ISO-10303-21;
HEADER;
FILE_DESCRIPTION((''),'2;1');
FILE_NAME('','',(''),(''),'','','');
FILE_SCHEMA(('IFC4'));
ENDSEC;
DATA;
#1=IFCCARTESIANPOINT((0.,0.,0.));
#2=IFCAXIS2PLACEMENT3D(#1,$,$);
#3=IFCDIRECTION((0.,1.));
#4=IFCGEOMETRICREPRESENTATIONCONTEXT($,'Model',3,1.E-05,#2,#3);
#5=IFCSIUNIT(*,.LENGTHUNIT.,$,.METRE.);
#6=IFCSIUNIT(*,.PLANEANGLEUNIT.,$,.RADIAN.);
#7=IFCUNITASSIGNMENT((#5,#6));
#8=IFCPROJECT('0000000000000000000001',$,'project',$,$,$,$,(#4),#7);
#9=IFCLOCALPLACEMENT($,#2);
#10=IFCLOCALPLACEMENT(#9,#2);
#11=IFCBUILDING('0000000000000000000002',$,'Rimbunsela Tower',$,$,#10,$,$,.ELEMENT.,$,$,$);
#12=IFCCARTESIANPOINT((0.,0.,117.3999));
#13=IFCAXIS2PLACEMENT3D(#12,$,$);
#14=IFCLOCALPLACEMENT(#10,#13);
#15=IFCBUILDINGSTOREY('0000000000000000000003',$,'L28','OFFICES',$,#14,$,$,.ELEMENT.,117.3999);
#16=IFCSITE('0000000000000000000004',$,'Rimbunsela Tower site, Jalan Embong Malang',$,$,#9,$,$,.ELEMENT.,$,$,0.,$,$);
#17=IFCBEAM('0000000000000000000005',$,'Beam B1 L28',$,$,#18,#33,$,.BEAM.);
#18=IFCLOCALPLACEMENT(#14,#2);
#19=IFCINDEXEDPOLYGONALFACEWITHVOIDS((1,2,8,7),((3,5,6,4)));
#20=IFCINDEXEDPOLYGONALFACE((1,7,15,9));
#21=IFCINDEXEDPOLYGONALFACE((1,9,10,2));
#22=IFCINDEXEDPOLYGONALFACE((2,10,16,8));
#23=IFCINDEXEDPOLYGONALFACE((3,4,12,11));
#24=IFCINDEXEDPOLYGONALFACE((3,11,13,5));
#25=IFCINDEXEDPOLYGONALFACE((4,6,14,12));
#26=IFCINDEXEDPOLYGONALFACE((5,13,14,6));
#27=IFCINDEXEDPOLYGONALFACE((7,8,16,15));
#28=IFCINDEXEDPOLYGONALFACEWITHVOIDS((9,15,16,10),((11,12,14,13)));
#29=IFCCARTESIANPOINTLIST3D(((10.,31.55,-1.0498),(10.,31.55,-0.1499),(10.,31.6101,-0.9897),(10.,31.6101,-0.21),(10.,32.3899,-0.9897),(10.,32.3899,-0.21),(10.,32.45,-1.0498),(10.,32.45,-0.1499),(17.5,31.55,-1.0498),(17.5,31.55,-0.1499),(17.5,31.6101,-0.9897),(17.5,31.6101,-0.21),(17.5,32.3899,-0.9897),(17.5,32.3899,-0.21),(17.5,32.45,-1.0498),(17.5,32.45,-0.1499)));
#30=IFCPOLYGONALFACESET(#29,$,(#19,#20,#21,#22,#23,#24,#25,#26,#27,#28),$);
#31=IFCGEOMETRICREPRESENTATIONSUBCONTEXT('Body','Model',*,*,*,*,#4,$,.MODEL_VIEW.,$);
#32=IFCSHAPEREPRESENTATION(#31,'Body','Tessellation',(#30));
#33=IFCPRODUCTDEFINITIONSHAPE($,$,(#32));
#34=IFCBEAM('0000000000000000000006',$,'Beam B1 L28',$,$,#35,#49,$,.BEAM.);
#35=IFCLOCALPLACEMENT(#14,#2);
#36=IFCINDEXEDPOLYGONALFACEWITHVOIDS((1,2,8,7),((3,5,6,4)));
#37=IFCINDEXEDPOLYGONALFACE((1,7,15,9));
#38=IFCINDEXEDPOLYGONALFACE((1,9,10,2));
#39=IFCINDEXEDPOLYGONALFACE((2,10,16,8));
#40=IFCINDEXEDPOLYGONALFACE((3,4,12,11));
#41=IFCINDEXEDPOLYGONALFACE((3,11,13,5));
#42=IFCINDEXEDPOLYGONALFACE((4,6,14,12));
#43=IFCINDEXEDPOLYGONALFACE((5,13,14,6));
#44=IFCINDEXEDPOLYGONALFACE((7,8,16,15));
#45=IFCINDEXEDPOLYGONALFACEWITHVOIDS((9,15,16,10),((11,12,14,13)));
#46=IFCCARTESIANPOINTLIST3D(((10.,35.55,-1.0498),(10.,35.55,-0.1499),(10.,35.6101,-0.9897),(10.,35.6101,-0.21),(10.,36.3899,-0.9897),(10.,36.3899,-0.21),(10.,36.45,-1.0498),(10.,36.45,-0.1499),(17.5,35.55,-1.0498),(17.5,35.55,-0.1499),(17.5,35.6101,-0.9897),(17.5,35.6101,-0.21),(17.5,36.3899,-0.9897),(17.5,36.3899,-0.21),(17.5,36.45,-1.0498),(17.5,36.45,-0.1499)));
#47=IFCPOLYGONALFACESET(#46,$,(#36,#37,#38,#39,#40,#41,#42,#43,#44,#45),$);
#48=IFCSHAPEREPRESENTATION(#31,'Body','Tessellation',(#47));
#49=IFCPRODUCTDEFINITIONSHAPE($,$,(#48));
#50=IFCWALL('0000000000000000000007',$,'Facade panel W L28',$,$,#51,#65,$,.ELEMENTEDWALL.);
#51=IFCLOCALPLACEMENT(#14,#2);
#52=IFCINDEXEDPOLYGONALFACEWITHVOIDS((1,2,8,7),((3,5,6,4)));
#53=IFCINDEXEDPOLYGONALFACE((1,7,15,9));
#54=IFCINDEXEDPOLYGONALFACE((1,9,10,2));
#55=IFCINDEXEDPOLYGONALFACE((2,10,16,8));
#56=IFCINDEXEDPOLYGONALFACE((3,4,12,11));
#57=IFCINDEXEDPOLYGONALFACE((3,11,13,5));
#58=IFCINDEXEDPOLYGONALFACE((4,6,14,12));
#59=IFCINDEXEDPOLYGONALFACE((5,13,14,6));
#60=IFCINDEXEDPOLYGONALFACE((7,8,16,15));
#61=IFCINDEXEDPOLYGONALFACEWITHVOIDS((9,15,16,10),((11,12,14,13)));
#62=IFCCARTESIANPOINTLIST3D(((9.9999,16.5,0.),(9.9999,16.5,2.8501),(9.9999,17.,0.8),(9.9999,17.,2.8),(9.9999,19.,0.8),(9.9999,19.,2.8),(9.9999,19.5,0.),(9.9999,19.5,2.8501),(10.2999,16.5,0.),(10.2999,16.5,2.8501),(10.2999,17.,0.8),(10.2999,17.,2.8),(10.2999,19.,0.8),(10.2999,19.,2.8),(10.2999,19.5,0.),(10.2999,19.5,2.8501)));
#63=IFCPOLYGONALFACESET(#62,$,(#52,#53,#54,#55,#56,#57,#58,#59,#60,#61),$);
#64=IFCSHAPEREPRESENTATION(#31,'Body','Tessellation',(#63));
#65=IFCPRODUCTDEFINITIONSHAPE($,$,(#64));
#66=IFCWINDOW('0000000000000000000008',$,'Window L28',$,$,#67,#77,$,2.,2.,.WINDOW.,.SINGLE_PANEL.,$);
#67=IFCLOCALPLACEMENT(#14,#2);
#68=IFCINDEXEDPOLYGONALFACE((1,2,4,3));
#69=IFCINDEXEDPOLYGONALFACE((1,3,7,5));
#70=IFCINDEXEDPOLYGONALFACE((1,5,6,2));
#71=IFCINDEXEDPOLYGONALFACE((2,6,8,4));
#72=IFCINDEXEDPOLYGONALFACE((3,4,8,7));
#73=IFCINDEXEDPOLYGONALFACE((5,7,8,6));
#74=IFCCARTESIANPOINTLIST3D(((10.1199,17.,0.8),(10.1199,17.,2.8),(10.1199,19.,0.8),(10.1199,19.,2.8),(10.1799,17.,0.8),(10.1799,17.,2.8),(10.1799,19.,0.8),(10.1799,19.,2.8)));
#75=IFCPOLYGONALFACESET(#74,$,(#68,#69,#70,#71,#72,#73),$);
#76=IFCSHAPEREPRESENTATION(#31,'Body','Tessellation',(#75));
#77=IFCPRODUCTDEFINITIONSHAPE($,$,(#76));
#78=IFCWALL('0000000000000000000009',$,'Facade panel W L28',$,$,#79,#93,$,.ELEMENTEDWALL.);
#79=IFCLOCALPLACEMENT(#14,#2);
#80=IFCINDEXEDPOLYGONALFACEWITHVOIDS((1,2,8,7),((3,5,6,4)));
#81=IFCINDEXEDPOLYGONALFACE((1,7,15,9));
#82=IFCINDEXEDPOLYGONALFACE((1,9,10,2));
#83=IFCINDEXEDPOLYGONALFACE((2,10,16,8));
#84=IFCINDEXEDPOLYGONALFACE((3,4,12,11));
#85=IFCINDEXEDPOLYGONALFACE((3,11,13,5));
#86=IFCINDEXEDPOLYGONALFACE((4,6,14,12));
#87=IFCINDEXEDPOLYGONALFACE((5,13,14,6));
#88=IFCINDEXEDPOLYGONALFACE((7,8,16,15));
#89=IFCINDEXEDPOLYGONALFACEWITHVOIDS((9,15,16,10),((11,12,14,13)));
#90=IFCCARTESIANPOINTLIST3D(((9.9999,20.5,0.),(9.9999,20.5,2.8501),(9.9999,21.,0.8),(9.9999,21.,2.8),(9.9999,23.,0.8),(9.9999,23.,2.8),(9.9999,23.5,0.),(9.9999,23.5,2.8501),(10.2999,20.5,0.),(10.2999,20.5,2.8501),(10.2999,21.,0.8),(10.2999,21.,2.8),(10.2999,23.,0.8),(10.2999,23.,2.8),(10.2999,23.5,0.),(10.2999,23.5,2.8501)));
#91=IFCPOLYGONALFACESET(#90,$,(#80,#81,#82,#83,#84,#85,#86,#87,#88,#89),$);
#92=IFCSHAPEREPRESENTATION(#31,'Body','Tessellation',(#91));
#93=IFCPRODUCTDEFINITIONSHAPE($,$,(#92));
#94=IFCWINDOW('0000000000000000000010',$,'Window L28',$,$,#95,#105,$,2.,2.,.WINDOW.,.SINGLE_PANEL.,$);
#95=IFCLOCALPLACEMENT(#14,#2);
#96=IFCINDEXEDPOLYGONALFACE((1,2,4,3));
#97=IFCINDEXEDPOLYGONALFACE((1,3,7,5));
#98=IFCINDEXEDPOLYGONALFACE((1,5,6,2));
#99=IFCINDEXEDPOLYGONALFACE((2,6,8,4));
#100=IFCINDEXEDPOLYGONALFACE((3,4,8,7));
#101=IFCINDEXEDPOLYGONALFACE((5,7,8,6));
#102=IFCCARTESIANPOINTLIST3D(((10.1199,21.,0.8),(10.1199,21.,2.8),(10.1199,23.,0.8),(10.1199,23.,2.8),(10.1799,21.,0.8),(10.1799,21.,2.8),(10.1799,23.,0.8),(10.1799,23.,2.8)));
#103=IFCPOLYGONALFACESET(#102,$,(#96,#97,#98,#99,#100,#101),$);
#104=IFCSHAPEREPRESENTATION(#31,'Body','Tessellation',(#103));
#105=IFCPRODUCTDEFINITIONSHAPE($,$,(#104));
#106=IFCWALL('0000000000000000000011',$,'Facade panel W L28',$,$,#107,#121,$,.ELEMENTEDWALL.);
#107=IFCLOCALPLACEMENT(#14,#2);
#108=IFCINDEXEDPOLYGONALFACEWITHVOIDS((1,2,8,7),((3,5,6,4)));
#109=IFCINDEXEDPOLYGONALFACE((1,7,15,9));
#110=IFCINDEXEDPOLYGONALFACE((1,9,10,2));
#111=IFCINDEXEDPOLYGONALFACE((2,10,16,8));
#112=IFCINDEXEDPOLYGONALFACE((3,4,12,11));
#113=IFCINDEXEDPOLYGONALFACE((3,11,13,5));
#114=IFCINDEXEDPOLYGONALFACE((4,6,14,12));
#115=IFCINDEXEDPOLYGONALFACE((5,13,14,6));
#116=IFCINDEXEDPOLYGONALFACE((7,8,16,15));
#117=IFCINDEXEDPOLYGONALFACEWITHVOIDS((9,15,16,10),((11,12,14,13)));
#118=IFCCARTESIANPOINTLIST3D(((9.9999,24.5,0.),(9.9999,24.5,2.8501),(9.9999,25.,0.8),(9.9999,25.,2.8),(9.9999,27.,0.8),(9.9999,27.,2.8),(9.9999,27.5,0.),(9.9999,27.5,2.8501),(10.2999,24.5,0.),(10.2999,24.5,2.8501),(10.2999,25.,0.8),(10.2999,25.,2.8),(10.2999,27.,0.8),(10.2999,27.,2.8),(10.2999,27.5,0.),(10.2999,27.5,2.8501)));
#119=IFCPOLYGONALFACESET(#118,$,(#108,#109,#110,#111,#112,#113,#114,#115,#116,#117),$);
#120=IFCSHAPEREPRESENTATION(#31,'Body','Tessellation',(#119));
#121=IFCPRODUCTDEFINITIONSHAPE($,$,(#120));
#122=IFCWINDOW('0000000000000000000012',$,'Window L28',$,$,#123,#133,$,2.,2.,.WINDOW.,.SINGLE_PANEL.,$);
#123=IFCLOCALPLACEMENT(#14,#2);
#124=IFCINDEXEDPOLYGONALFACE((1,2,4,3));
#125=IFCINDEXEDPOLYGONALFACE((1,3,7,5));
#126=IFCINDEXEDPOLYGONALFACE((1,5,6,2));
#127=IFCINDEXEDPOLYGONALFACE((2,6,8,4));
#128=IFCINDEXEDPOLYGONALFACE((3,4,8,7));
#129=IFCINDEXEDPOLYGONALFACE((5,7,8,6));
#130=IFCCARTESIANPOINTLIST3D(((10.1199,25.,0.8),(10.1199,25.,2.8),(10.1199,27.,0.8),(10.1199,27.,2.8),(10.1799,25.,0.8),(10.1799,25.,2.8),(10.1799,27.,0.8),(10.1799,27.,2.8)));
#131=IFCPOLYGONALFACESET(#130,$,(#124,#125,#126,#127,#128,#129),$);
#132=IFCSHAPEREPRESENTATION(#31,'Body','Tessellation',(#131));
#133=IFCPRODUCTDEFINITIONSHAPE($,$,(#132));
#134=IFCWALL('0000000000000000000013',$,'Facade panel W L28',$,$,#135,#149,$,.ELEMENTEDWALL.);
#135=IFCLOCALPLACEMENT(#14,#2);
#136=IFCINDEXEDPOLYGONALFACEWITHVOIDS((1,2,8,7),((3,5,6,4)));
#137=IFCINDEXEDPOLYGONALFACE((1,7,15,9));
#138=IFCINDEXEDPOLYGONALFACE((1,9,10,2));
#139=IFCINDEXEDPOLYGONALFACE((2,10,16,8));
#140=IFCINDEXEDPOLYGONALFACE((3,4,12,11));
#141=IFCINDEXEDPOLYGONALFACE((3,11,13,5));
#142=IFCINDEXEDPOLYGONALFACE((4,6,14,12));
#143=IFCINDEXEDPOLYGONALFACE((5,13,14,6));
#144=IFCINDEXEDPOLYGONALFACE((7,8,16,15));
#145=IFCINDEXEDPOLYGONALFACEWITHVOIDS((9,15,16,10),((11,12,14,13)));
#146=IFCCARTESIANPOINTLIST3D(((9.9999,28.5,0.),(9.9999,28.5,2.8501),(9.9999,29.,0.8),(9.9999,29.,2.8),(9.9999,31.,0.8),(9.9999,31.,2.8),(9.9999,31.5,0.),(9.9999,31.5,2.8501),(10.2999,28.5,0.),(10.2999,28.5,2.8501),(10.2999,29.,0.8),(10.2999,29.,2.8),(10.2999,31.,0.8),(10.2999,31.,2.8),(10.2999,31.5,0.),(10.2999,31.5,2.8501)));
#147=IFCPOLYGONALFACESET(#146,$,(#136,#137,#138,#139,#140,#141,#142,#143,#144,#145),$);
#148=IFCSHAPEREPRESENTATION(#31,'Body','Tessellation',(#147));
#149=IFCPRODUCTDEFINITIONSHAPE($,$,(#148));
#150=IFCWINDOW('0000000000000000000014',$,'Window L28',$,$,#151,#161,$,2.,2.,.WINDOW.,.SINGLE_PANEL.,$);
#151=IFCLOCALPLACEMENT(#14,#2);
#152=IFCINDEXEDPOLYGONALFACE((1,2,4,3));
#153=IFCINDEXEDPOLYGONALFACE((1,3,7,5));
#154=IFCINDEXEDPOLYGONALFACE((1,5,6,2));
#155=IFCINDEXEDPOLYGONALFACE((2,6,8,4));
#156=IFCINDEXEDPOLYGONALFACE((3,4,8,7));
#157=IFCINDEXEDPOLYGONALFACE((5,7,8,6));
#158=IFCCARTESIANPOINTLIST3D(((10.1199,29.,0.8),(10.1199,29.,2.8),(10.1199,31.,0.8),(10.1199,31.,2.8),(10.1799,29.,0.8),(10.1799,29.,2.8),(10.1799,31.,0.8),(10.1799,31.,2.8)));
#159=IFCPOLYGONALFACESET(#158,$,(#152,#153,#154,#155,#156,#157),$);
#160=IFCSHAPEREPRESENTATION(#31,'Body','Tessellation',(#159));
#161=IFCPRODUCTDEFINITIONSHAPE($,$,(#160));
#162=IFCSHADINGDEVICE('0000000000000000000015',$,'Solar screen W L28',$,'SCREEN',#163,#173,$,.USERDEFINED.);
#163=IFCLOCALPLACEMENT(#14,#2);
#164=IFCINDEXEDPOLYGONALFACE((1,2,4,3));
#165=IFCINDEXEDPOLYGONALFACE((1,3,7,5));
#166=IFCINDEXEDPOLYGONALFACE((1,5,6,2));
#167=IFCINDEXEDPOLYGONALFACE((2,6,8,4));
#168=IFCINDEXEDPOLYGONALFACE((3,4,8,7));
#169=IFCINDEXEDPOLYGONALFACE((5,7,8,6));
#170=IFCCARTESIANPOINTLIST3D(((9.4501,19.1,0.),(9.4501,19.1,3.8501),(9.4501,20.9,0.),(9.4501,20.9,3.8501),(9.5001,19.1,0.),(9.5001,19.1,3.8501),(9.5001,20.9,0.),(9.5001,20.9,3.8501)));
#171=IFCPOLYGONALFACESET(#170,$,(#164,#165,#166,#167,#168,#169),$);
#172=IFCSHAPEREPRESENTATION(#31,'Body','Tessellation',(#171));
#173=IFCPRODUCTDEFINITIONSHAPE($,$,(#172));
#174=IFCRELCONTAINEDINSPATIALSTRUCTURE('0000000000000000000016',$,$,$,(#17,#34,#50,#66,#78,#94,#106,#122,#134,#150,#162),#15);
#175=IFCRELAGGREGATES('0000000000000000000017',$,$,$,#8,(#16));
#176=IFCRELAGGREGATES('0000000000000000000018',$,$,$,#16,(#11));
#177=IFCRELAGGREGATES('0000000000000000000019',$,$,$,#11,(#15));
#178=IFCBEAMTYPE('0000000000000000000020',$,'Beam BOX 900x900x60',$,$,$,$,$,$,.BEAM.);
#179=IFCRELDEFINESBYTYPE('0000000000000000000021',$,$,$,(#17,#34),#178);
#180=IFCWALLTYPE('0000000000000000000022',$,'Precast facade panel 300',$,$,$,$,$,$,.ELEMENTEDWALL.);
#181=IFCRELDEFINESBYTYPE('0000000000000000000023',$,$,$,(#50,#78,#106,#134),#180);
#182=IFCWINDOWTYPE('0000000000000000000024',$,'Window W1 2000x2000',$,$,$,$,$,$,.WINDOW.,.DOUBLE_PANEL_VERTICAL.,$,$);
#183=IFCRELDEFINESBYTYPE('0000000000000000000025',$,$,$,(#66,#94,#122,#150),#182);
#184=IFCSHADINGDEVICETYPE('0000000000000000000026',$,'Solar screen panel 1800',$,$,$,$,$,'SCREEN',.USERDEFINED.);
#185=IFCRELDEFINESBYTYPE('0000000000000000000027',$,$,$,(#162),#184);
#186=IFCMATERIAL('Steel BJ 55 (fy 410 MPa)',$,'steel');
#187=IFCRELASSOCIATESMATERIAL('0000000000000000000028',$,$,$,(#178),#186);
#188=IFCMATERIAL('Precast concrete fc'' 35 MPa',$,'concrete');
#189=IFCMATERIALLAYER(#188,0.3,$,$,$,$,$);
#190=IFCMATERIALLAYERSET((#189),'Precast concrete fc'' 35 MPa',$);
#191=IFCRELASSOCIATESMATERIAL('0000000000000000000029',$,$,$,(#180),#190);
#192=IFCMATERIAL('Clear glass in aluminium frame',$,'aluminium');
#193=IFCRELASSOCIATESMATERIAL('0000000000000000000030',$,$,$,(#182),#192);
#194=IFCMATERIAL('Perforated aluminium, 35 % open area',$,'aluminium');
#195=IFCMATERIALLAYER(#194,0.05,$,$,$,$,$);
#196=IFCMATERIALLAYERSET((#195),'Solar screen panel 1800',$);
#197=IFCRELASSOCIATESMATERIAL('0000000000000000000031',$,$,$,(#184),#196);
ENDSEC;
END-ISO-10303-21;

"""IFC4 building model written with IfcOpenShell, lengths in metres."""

from ifc_helpers import new_model, si_unit, direction, frame, frame_2d, origin, origin_2d, place, context, subcontext, project, spatial, rectangle, hollow_rectangle, extrude, material, layer, layer_set, material_profile, profile_set, type_object, element, fill, save


model = new_model("IFC4")

# Units and contexts
model_context = context("Model", 3, precision=1e-05, world=origin(), true_north=direction((0.0, 1.0)))
body_context = subcontext(model_context, "Body", "Model", "MODEL_VIEW")
ifc_project = project(units=[si_unit("LENGTHUNIT", "METRE"), si_unit("PLANEANGLEUNIT", "RADIAN")], contexts=[model_context])

# Site, building, storey
site_placement = place(None, origin())
site = spatial("IfcSite", under=ifc_project, at=site_placement, Name="Rimbunsela Tower site, Jalan Embong Malang", CompositionType="ELEMENT", RefElevation=0.0)
building_placement = place(site_placement, origin())
building = spatial("IfcBuilding", under=site, at=building_placement, Name="Rimbunsela Tower", CompositionType="ELEMENT")
storey_placement = place(building_placement, frame((0.0, 0.0, 117.3999)))
storey = spatial("IfcBuildingStorey", under=building, at=storey_placement, Name="L28", Description="OFFICES", CompositionType="ELEMENT", Elevation=117.3999)

# Beams
ifc_material_1 = material(Name="Steel BJ 55 (fy 410 MPa)", Category="steel")
ifc_material_profile_1 = material_profile(ifc_material_1, hollow_rectangle(XDim=0.8999, YDim=0.8999, WallThickness=0.0601, at=origin_2d()), Name="BOX 900x900x60")
ifc_profile_set_1 = profile_set([ifc_material_profile_1], Name="Steel BJ 55 (fy 410 MPa)")
beam_type_1 = type_object("IfcBeamType", Name="Beam BOX 900x900x60", PredefinedType="BEAM", material=ifc_profile_set_1)
for number, where, z_axis, x_axis, name in (
    (1, (10.0, 32.0, -0.5999), (1.0, 0.0, 0.0), (0.0, 1.0, 0.0), "Beam B1 L28"),
    (2, (10.0, 36.0, -0.5999), (1.0, 0.0, 0.0), (0.0, 1.0, 0.0), "Beam B1 L28"),
):
    element("IfcBeam", number, at=place(storey_placement, frame(where, z_axis=z_axis, x_axis=x_axis)), inside=storey, type_object=beam_type_1, Name=name, PredefinedType="BEAM", context=body_context, shape_type="SweptSolid", body=[
        extrude(hollow_rectangle(XDim=0.8999, YDim=0.8999, WallThickness=0.0601, at=origin_2d()), origin(), (0.0, 0.0, 1.0), 7.5),
    ])

# Walls, openings, windows
ifc_material_2 = material(Name="Precast concrete fc' 35 MPa", Category="concrete")
ifc_layer_1 = layer(ifc_material_2, 0.3)
ifc_layer_set_1 = layer_set([ifc_layer_1], Name="Precast concrete fc' 35 MPa")
wall_type = type_object("IfcWallType", Name="Precast facade panel 300", PredefinedType="ELEMENTEDWALL", material=ifc_layer_set_1)
wall_1_placement = place(storey_placement, frame((10.1499, 19.5, 0.0), z_axis=(0.0, 0.0, 1.0), x_axis=(0.0, -1.0, 0.0)))
wall_1 = element("IfcWall", 3, at=wall_1_placement, inside=storey, type_object=wall_type, Name="Facade panel W L28", PredefinedType="ELEMENTEDWALL", context=body_context, shape_type="SweptSolid", body=[
    extrude(rectangle(XDim=3.0, YDim=0.3, at=frame_2d((1.5, 0.0))), origin(), (0.0, 0.0, 1.0), 2.8501),
])
opening_1_placement = place(wall_1_placement, frame((0.5, 0.0, 0.8)))
opening_1 = element("IfcOpeningElement", 4, at=opening_1_placement, cuts=wall_1, PredefinedType="OPENING", context=body_context, shape_type="SweptSolid", body=[
    extrude(rectangle(XDim=2.0, YDim=2.0, at=frame_2d((1.0, 1.0))), frame((0.0, 0.1599, 0.0), z_axis=(0.0, -1.0, 0.0), x_axis=(1.0, 0.0, 0.0)), (0.0, 0.0, 1.0), 0.3201),
])
ifc_material_3 = material(Name="Clear glass in aluminium frame", Category="aluminium")
window_type = type_object("IfcWindowType", Name="Window W1 2000x2000", PartitioningType="DOUBLE_PANEL_VERTICAL", PredefinedType="WINDOW", material=ifc_material_3)
window_1_placement = place(opening_1_placement, origin())
window_1 = element("IfcWindow", 5, at=window_1_placement, inside=storey, type_object=window_type, Name="Window L28", OverallHeight=2.0, OverallWidth=2.0, PartitioningType="SINGLE_PANEL", PredefinedType="WINDOW", context=body_context, shape_type="SweptSolid", body=[
    extrude(rectangle(XDim=2.0, YDim=2.0, at=frame_2d((1.0, 1.0))), frame((0.0, 0.03, 0.0), z_axis=(0.0, -1.0, 0.0), x_axis=(1.0, 0.0, 0.0)), (0.0, 0.0, 1.0), 0.0601),
])
fill(opening_1, window_1)
wall_2_placement = place(storey_placement, frame((10.1499, 23.5, 0.0), z_axis=(0.0, 0.0, 1.0), x_axis=(0.0, -1.0, 0.0)))
wall_2 = element("IfcWall", 6, at=wall_2_placement, inside=storey, type_object=wall_type, Name="Facade panel W L28", PredefinedType="ELEMENTEDWALL", context=body_context, shape_type="SweptSolid", body=[
    extrude(rectangle(XDim=3.0, YDim=0.3, at=frame_2d((1.5, 0.0))), origin(), (0.0, 0.0, 1.0), 2.8501),
])
opening_2_placement = place(wall_2_placement, frame((0.5, 0.0, 0.8)))
opening_2 = element("IfcOpeningElement", 7, at=opening_2_placement, cuts=wall_2, PredefinedType="OPENING", context=body_context, shape_type="SweptSolid", body=[
    extrude(rectangle(XDim=2.0, YDim=2.0, at=frame_2d((1.0, 1.0))), frame((0.0, 0.1599, 0.0), z_axis=(0.0, -1.0, 0.0), x_axis=(1.0, 0.0, 0.0)), (0.0, 0.0, 1.0), 0.3201),
])
window_2_placement = place(opening_2_placement, origin())
window_2 = element("IfcWindow", 8, at=window_2_placement, inside=storey, type_object=window_type, Name="Window L28", OverallHeight=2.0, OverallWidth=2.0, PartitioningType="SINGLE_PANEL", PredefinedType="WINDOW", context=body_context, shape_type="SweptSolid", body=[
    extrude(rectangle(XDim=2.0, YDim=2.0, at=frame_2d((1.0, 1.0))), frame((0.0, 0.03, 0.0), z_axis=(0.0, -1.0, 0.0), x_axis=(1.0, 0.0, 0.0)), (0.0, 0.0, 1.0), 0.0601),
])
fill(opening_2, window_2)
wall_3_placement = place(storey_placement, frame((10.1499, 27.5, 0.0), z_axis=(0.0, 0.0, 1.0), x_axis=(0.0, -1.0, 0.0)))
wall_3 = element("IfcWall", 9, at=wall_3_placement, inside=storey, type_object=wall_type, Name="Facade panel W L28", PredefinedType="ELEMENTEDWALL", context=body_context, shape_type="SweptSolid", body=[
    extrude(rectangle(XDim=3.0, YDim=0.3, at=frame_2d((1.5, 0.0))), origin(), (0.0, 0.0, 1.0), 2.8501),
])
opening_3_placement = place(wall_3_placement, frame((0.5, 0.0, 0.8)))
opening_3 = element("IfcOpeningElement", 10, at=opening_3_placement, cuts=wall_3, PredefinedType="OPENING", context=body_context, shape_type="SweptSolid", body=[
    extrude(rectangle(XDim=2.0, YDim=2.0, at=frame_2d((1.0, 1.0))), frame((0.0, 0.1599, 0.0), z_axis=(0.0, -1.0, 0.0), x_axis=(1.0, 0.0, 0.0)), (0.0, 0.0, 1.0), 0.3201),
])
window_3_placement = place(opening_3_placement, origin())
window_3 = element("IfcWindow", 11, at=window_3_placement, inside=storey, type_object=window_type, Name="Window L28", OverallHeight=2.0, OverallWidth=2.0, PartitioningType="SINGLE_PANEL", PredefinedType="WINDOW", context=body_context, shape_type="SweptSolid", body=[
    extrude(rectangle(XDim=2.0, YDim=2.0, at=frame_2d((1.0, 1.0))), frame((0.0, 0.03, 0.0), z_axis=(0.0, -1.0, 0.0), x_axis=(1.0, 0.0, 0.0)), (0.0, 0.0, 1.0), 0.0601),
])
fill(opening_3, window_3)
wall_4_placement = place(storey_placement, frame((10.1499, 31.5, 0.0), z_axis=(0.0, 0.0, 1.0), x_axis=(0.0, -1.0, 0.0)))
wall_4 = element("IfcWall", 12, at=wall_4_placement, inside=storey, type_object=wall_type, Name="Facade panel W L28", PredefinedType="ELEMENTEDWALL", context=body_context, shape_type="SweptSolid", body=[
    extrude(rectangle(XDim=3.0, YDim=0.3, at=frame_2d((1.5, 0.0))), origin(), (0.0, 0.0, 1.0), 2.8501),
])
opening_4_placement = place(wall_4_placement, frame((0.5, 0.0, 0.8)))
opening_4 = element("IfcOpeningElement", 13, at=opening_4_placement, cuts=wall_4, PredefinedType="OPENING", context=body_context, shape_type="SweptSolid", body=[
    extrude(rectangle(XDim=2.0, YDim=2.0, at=frame_2d((1.0, 1.0))), frame((0.0, 0.1599, 0.0), z_axis=(0.0, -1.0, 0.0), x_axis=(1.0, 0.0, 0.0)), (0.0, 0.0, 1.0), 0.3201),
])
window_4_placement = place(opening_4_placement, origin())
window_4 = element("IfcWindow", 14, at=window_4_placement, inside=storey, type_object=window_type, Name="Window L28", OverallHeight=2.0, OverallWidth=2.0, PartitioningType="SINGLE_PANEL", PredefinedType="WINDOW", context=body_context, shape_type="SweptSolid", body=[
    extrude(rectangle(XDim=2.0, YDim=2.0, at=frame_2d((1.0, 1.0))), frame((0.0, 0.03, 0.0), z_axis=(0.0, -1.0, 0.0), x_axis=(1.0, 0.0, 0.0)), (0.0, 0.0, 1.0), 0.0601),
])
fill(opening_4, window_4)

# Shading device
ifc_material_4 = material(Name="Perforated aluminium, 35 % open area", Category="aluminium")
ifc_layer_2 = layer(ifc_material_4, 0.05)
ifc_layer_set_2 = layer_set([ifc_layer_2], Name="Solar screen panel 1800")
shading_device_type = type_object("IfcShadingDeviceType", Name="Solar screen panel 1800", ElementType="SCREEN", PredefinedType="USERDEFINED", material=ifc_layer_set_2)
for number, where, z_axis, x_axis, name in (
    (15, (9.4751, 20.0, 0.0), (0.0, 0.0, 1.0), (0.0, 1.0, 0.0), "Solar screen W L28"),
):
    element("IfcShadingDevice", number, at=place(storey_placement, frame(where, z_axis=z_axis, x_axis=x_axis)), inside=storey, type_object=shading_device_type, Name=name, ObjectType="SCREEN", PredefinedType="USERDEFINED", context=body_context, shape_type="SweptSolid", body=[
        extrude(rectangle(XDim=1.8, YDim=0.05, at=origin_2d()), origin(), (0.0, 0.0, 1.0), 3.8501),
    ])

save(model, "model.ifc")
